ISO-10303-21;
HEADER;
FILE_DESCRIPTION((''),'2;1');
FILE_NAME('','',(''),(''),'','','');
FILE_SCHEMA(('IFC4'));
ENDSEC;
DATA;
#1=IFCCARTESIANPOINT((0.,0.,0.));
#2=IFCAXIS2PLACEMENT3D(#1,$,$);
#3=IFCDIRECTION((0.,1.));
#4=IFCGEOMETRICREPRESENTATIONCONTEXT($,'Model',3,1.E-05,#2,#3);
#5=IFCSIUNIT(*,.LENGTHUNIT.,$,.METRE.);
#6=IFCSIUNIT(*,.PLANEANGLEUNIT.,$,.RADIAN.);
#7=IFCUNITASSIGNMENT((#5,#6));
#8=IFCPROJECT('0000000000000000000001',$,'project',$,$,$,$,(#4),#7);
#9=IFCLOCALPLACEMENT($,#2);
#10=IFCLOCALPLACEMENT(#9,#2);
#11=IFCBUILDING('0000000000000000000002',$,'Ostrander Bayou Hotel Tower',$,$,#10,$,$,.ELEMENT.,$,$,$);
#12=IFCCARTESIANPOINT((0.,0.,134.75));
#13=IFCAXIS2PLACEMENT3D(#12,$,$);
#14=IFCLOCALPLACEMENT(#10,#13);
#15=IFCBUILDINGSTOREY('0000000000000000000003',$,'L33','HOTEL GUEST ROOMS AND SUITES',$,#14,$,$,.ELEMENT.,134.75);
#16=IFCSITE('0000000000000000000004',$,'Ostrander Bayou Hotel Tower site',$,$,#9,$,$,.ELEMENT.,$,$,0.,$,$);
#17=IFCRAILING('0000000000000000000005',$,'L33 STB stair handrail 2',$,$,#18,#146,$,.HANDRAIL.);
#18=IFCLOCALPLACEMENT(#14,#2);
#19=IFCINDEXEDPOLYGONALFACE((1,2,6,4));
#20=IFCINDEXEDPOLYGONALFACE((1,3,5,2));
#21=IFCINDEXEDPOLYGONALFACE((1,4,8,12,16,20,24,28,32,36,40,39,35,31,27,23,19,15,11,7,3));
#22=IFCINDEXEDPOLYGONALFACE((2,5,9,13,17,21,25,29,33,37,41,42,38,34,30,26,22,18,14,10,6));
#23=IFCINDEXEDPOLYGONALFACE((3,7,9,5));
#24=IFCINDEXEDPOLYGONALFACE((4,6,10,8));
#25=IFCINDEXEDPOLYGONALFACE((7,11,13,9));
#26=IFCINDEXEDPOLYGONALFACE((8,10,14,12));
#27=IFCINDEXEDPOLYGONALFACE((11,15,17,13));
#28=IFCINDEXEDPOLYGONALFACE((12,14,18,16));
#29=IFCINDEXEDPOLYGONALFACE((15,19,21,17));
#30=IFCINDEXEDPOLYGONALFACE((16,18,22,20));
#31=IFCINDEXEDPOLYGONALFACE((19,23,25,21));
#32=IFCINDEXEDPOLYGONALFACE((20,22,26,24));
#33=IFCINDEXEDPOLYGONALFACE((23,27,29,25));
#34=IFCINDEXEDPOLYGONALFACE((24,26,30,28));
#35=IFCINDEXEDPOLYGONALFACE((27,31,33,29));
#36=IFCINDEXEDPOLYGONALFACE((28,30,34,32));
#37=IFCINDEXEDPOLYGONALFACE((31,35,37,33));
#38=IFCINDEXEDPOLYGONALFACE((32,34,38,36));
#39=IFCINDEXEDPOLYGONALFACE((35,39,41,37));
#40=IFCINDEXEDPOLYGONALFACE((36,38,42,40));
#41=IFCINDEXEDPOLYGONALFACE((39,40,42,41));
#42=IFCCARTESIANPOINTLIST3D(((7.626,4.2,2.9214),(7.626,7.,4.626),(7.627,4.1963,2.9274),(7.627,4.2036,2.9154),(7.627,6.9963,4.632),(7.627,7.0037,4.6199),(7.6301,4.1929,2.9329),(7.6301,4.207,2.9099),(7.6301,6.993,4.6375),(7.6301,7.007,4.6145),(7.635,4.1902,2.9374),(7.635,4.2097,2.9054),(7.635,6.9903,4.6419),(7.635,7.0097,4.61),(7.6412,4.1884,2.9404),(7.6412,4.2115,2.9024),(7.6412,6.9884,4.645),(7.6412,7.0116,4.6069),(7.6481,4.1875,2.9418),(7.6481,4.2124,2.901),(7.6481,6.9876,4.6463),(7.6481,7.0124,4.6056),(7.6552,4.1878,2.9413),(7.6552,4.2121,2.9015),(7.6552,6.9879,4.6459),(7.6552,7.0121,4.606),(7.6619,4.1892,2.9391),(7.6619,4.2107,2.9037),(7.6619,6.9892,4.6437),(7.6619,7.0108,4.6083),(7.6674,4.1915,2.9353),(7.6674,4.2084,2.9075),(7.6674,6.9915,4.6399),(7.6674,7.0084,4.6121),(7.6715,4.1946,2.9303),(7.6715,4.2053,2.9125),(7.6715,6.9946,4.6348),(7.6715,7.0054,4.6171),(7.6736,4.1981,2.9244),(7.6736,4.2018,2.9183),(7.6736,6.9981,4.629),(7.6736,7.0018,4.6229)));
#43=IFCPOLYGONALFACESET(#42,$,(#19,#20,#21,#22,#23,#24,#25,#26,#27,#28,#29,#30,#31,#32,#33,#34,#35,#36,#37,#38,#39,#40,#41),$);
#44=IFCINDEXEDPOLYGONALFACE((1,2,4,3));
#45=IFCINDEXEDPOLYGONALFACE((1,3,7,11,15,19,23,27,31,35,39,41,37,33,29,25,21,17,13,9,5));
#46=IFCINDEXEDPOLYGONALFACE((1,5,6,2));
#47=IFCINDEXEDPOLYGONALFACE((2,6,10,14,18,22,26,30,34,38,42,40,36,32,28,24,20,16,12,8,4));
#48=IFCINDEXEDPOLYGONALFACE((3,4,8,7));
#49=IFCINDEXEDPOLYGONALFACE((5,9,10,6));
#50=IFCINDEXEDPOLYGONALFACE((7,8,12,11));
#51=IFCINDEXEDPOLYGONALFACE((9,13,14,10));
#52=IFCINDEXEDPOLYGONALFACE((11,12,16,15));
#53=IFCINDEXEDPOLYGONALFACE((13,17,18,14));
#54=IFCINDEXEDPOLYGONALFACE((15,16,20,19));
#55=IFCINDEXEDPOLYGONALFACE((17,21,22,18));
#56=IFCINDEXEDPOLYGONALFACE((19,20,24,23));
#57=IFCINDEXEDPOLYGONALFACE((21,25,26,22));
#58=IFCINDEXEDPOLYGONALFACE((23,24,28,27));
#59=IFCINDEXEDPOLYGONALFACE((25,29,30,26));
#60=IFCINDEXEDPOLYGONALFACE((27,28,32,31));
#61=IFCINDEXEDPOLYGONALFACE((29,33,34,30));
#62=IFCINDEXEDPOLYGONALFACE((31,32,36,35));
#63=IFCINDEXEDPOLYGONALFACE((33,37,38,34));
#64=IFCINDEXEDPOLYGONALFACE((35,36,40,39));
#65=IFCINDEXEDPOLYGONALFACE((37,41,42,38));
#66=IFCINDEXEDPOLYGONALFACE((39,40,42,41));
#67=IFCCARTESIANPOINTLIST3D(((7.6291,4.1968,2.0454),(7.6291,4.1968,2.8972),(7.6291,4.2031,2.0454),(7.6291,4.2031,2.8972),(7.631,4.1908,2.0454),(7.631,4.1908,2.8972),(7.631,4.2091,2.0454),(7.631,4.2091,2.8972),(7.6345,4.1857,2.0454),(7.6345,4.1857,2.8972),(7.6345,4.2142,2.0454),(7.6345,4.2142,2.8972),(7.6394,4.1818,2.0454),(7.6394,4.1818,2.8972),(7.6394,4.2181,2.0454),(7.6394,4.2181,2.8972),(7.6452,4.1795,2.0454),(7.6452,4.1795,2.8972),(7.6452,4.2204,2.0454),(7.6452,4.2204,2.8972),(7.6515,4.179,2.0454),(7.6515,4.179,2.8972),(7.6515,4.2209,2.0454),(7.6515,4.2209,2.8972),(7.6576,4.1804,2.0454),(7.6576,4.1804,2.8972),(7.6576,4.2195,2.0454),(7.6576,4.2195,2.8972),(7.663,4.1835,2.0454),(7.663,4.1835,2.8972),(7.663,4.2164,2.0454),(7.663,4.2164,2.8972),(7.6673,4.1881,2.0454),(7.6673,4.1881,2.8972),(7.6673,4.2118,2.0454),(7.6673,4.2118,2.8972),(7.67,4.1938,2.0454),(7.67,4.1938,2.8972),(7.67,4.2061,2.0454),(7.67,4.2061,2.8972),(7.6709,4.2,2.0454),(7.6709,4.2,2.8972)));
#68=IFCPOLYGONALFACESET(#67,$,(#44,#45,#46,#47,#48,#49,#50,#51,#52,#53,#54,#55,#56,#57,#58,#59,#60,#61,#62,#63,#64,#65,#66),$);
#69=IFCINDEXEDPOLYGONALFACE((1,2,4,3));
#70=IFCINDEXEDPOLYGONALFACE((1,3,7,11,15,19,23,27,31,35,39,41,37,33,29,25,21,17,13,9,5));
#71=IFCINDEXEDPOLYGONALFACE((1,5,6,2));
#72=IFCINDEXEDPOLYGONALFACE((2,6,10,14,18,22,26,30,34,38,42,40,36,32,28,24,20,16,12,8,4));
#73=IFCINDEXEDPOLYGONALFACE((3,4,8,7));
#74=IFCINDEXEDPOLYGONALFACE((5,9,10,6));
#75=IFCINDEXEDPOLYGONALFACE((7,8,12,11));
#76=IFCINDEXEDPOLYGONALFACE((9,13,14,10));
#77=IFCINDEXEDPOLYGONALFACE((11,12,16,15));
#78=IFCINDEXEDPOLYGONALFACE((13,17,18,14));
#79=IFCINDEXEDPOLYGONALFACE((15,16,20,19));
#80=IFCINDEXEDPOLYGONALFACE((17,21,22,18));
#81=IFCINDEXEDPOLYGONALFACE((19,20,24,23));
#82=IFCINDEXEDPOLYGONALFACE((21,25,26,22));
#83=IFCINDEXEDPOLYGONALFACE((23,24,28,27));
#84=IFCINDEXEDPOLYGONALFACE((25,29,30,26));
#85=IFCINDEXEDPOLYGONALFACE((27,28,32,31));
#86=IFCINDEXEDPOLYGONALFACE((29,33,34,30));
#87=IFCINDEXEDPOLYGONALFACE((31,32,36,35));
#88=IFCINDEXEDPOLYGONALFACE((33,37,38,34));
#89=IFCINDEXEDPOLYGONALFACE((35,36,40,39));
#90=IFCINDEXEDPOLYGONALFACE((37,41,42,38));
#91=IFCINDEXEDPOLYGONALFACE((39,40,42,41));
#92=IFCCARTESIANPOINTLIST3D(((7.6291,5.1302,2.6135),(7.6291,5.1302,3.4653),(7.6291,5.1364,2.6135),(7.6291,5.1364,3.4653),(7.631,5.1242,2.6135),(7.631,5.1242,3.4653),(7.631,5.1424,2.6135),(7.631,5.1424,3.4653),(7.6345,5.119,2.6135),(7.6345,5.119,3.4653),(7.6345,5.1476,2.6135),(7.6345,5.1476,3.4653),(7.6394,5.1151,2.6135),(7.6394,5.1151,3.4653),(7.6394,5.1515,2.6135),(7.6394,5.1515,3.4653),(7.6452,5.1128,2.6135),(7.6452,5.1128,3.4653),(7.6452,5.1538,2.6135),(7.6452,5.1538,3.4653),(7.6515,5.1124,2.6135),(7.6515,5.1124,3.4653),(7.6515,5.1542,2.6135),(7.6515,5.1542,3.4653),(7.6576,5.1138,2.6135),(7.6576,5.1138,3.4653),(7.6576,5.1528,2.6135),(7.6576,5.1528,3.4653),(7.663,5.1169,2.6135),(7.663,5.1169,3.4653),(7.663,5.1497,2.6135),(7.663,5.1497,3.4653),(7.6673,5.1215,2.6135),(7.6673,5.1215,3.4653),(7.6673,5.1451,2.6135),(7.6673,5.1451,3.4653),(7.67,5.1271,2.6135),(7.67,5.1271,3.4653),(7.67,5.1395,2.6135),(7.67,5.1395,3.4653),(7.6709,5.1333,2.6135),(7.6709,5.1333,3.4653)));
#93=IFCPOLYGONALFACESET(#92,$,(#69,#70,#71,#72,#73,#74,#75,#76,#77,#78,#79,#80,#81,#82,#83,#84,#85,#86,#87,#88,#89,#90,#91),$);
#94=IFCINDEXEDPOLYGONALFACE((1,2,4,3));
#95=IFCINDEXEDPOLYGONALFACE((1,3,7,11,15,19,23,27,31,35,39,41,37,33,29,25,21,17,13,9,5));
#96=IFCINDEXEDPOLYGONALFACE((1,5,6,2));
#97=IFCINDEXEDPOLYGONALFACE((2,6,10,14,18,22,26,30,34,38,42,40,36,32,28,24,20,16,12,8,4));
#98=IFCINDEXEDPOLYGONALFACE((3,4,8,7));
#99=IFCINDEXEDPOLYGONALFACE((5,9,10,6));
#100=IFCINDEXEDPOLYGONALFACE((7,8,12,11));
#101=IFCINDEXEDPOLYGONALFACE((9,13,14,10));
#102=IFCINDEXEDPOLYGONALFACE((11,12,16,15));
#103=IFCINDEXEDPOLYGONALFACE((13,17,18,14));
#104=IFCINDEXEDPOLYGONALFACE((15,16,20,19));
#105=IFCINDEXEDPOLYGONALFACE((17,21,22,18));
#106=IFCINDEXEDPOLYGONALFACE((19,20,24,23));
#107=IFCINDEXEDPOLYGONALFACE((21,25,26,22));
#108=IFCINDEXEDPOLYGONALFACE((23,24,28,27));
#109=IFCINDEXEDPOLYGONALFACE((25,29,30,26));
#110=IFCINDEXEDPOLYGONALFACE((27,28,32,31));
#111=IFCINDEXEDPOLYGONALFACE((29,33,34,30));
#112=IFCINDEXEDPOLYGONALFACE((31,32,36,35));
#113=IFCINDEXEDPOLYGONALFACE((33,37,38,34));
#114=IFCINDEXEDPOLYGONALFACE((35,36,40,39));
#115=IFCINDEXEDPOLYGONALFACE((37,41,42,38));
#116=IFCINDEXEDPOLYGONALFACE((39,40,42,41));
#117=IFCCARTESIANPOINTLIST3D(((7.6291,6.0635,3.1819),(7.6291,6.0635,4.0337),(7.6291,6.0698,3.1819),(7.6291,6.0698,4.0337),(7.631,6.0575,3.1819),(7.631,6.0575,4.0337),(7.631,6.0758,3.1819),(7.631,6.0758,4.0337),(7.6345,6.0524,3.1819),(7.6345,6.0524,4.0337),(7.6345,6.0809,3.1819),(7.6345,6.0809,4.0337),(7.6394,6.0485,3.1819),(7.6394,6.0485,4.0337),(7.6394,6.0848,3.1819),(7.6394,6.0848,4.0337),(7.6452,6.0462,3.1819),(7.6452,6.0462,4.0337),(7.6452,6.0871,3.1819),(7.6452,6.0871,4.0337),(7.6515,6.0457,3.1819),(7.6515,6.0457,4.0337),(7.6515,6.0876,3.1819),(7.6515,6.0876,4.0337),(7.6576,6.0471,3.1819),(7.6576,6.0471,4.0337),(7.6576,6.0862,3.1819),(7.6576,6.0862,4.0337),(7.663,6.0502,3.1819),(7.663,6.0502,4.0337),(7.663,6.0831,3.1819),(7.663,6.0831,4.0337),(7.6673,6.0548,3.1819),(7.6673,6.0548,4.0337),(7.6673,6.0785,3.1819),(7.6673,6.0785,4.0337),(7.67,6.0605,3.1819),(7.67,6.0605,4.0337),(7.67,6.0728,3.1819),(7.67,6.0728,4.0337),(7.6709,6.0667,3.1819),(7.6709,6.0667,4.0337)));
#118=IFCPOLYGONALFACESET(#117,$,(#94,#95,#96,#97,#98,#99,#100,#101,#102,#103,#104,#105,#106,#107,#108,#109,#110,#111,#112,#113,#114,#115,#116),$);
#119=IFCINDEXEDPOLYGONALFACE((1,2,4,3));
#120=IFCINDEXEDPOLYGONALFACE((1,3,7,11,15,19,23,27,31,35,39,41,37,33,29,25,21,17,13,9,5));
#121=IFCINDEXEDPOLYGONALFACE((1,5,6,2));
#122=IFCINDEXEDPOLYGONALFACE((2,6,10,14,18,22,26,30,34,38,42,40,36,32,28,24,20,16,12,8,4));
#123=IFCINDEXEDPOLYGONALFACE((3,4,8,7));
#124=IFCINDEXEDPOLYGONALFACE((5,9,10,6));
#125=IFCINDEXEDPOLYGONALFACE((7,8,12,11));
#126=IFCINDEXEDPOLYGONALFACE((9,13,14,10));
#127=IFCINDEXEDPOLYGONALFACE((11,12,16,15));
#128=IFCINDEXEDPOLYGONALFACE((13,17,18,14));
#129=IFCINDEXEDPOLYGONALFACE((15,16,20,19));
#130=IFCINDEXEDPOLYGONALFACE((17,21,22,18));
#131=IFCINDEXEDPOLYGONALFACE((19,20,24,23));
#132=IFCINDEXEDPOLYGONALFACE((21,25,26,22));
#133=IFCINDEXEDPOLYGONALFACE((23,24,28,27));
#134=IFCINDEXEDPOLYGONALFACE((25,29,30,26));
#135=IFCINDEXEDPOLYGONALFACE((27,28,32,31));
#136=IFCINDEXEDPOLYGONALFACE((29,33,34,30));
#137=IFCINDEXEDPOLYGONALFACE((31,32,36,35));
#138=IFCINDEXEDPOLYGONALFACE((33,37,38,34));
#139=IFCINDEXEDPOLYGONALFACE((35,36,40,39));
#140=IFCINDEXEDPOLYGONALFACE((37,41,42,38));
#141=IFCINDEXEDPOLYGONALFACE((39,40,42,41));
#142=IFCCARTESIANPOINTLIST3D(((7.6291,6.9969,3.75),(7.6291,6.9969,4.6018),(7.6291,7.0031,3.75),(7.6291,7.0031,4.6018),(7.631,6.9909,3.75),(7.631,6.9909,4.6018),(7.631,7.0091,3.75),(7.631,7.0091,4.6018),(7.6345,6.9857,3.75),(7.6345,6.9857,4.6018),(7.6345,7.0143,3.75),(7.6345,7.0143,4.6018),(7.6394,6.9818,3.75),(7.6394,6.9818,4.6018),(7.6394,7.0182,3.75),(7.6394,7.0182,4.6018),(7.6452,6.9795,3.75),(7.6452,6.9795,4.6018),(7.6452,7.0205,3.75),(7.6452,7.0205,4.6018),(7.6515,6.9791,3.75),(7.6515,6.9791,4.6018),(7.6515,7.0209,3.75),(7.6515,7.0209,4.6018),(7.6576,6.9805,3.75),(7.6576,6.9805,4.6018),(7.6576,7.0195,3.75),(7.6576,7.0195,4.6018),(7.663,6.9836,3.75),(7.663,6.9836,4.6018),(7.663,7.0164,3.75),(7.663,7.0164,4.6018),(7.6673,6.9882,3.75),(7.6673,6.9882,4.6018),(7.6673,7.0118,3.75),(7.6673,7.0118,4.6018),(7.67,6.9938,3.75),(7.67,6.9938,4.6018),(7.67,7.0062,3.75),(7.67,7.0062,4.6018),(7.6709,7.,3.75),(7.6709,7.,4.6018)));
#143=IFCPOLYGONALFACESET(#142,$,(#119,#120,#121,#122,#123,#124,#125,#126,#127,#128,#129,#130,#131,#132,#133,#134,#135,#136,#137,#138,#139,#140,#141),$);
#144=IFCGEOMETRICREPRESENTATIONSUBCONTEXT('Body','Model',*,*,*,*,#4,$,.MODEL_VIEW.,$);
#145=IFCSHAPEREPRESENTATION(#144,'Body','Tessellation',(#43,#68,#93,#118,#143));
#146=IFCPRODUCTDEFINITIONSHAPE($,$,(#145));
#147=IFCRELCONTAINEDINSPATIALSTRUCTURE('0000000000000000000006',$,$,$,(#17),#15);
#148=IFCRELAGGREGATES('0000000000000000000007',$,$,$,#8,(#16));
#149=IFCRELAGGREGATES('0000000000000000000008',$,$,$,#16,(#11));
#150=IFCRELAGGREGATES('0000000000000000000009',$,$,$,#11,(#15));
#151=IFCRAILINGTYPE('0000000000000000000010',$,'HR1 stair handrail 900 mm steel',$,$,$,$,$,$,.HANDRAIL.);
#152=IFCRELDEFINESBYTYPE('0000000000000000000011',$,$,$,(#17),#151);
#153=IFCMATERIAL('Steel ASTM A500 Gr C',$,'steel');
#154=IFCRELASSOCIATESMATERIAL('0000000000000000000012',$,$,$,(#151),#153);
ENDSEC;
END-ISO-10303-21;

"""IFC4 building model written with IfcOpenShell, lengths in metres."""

from ifc_helpers import new_model, si_unit, direction, frame, origin, origin_2d, place, context, subcontext, project, spatial, circle, extrude, material, type_object, element, save


model = new_model("IFC4")

# Units and contexts
model_context = context("Model", 3, precision=1e-05, world=origin(), true_north=direction((0.0, 1.0)))
body_context = subcontext(model_context, "Body", "Model", "MODEL_VIEW")
ifc_project = project(units=[si_unit("LENGTHUNIT", "METRE"), si_unit("PLANEANGLEUNIT", "RADIAN")], contexts=[model_context])

# Site, building, storey
site_placement = place(None, origin())
site = spatial("IfcSite", under=ifc_project, at=site_placement, Name="Ostrander Bayou Hotel Tower site", CompositionType="ELEMENT", RefElevation=0.0)
building_placement = place(site_placement, origin())
building = spatial("IfcBuilding", under=site, at=building_placement, Name="Ostrander Bayou Hotel Tower", CompositionType="ELEMENT")
storey_placement = place(building_placement, frame((0.0, 0.0, 134.75)))
storey = spatial("IfcBuildingStorey", under=building, at=storey_placement, Name="L33", Description="HOTEL GUEST ROOMS AND SUITES", CompositionType="ELEMENT", Elevation=134.75)

# Railing
ifc_material_1 = material(Name="Steel ASTM A500 Gr C", Category="steel")
railing_type_1 = type_object("IfcRailingType", Name="HR1 stair handrail 900 mm steel", PredefinedType="HANDRAIL", material=ifc_material_1)
railing_1_placement = place(storey_placement, frame((7.6499, 4.2, 2.0454)))
element("IfcRailing", 1, at=railing_1_placement, inside=storey, type_object=railing_type_1, Name="L33 STB stair handrail 2", PredefinedType="HANDRAIL", context=body_context, shape_type="SweptSolid", body=[
    extrude(circle(Radius=0.0239, at=origin_2d()), frame((0.0, 0.0, 0.876), z_axis=(0.0, 0.85417, 0.519994), x_axis=(-1.0, 0.0, 0.0)), (0.0, 0.0, 1.0), 3.2781),
    extrude(circle(Radius=0.021, at=origin_2d()), origin(), (0.0, 0.0, 1.0), 0.8518),
    extrude(circle(Radius=0.021, at=origin_2d()), frame((0.0, 0.9333, 0.5681)), (0.0, 0.0, 1.0), 0.8518),
    extrude(circle(Radius=0.021, at=origin_2d()), frame((0.0, 1.8667, 1.1365)), (0.0, 0.0, 1.0), 0.8518),
    extrude(circle(Radius=0.021, at=origin_2d()), frame((0.0, 2.8, 1.7046)), (0.0, 0.0, 1.0), 0.8518),
])

save(model, "model.ifc")
